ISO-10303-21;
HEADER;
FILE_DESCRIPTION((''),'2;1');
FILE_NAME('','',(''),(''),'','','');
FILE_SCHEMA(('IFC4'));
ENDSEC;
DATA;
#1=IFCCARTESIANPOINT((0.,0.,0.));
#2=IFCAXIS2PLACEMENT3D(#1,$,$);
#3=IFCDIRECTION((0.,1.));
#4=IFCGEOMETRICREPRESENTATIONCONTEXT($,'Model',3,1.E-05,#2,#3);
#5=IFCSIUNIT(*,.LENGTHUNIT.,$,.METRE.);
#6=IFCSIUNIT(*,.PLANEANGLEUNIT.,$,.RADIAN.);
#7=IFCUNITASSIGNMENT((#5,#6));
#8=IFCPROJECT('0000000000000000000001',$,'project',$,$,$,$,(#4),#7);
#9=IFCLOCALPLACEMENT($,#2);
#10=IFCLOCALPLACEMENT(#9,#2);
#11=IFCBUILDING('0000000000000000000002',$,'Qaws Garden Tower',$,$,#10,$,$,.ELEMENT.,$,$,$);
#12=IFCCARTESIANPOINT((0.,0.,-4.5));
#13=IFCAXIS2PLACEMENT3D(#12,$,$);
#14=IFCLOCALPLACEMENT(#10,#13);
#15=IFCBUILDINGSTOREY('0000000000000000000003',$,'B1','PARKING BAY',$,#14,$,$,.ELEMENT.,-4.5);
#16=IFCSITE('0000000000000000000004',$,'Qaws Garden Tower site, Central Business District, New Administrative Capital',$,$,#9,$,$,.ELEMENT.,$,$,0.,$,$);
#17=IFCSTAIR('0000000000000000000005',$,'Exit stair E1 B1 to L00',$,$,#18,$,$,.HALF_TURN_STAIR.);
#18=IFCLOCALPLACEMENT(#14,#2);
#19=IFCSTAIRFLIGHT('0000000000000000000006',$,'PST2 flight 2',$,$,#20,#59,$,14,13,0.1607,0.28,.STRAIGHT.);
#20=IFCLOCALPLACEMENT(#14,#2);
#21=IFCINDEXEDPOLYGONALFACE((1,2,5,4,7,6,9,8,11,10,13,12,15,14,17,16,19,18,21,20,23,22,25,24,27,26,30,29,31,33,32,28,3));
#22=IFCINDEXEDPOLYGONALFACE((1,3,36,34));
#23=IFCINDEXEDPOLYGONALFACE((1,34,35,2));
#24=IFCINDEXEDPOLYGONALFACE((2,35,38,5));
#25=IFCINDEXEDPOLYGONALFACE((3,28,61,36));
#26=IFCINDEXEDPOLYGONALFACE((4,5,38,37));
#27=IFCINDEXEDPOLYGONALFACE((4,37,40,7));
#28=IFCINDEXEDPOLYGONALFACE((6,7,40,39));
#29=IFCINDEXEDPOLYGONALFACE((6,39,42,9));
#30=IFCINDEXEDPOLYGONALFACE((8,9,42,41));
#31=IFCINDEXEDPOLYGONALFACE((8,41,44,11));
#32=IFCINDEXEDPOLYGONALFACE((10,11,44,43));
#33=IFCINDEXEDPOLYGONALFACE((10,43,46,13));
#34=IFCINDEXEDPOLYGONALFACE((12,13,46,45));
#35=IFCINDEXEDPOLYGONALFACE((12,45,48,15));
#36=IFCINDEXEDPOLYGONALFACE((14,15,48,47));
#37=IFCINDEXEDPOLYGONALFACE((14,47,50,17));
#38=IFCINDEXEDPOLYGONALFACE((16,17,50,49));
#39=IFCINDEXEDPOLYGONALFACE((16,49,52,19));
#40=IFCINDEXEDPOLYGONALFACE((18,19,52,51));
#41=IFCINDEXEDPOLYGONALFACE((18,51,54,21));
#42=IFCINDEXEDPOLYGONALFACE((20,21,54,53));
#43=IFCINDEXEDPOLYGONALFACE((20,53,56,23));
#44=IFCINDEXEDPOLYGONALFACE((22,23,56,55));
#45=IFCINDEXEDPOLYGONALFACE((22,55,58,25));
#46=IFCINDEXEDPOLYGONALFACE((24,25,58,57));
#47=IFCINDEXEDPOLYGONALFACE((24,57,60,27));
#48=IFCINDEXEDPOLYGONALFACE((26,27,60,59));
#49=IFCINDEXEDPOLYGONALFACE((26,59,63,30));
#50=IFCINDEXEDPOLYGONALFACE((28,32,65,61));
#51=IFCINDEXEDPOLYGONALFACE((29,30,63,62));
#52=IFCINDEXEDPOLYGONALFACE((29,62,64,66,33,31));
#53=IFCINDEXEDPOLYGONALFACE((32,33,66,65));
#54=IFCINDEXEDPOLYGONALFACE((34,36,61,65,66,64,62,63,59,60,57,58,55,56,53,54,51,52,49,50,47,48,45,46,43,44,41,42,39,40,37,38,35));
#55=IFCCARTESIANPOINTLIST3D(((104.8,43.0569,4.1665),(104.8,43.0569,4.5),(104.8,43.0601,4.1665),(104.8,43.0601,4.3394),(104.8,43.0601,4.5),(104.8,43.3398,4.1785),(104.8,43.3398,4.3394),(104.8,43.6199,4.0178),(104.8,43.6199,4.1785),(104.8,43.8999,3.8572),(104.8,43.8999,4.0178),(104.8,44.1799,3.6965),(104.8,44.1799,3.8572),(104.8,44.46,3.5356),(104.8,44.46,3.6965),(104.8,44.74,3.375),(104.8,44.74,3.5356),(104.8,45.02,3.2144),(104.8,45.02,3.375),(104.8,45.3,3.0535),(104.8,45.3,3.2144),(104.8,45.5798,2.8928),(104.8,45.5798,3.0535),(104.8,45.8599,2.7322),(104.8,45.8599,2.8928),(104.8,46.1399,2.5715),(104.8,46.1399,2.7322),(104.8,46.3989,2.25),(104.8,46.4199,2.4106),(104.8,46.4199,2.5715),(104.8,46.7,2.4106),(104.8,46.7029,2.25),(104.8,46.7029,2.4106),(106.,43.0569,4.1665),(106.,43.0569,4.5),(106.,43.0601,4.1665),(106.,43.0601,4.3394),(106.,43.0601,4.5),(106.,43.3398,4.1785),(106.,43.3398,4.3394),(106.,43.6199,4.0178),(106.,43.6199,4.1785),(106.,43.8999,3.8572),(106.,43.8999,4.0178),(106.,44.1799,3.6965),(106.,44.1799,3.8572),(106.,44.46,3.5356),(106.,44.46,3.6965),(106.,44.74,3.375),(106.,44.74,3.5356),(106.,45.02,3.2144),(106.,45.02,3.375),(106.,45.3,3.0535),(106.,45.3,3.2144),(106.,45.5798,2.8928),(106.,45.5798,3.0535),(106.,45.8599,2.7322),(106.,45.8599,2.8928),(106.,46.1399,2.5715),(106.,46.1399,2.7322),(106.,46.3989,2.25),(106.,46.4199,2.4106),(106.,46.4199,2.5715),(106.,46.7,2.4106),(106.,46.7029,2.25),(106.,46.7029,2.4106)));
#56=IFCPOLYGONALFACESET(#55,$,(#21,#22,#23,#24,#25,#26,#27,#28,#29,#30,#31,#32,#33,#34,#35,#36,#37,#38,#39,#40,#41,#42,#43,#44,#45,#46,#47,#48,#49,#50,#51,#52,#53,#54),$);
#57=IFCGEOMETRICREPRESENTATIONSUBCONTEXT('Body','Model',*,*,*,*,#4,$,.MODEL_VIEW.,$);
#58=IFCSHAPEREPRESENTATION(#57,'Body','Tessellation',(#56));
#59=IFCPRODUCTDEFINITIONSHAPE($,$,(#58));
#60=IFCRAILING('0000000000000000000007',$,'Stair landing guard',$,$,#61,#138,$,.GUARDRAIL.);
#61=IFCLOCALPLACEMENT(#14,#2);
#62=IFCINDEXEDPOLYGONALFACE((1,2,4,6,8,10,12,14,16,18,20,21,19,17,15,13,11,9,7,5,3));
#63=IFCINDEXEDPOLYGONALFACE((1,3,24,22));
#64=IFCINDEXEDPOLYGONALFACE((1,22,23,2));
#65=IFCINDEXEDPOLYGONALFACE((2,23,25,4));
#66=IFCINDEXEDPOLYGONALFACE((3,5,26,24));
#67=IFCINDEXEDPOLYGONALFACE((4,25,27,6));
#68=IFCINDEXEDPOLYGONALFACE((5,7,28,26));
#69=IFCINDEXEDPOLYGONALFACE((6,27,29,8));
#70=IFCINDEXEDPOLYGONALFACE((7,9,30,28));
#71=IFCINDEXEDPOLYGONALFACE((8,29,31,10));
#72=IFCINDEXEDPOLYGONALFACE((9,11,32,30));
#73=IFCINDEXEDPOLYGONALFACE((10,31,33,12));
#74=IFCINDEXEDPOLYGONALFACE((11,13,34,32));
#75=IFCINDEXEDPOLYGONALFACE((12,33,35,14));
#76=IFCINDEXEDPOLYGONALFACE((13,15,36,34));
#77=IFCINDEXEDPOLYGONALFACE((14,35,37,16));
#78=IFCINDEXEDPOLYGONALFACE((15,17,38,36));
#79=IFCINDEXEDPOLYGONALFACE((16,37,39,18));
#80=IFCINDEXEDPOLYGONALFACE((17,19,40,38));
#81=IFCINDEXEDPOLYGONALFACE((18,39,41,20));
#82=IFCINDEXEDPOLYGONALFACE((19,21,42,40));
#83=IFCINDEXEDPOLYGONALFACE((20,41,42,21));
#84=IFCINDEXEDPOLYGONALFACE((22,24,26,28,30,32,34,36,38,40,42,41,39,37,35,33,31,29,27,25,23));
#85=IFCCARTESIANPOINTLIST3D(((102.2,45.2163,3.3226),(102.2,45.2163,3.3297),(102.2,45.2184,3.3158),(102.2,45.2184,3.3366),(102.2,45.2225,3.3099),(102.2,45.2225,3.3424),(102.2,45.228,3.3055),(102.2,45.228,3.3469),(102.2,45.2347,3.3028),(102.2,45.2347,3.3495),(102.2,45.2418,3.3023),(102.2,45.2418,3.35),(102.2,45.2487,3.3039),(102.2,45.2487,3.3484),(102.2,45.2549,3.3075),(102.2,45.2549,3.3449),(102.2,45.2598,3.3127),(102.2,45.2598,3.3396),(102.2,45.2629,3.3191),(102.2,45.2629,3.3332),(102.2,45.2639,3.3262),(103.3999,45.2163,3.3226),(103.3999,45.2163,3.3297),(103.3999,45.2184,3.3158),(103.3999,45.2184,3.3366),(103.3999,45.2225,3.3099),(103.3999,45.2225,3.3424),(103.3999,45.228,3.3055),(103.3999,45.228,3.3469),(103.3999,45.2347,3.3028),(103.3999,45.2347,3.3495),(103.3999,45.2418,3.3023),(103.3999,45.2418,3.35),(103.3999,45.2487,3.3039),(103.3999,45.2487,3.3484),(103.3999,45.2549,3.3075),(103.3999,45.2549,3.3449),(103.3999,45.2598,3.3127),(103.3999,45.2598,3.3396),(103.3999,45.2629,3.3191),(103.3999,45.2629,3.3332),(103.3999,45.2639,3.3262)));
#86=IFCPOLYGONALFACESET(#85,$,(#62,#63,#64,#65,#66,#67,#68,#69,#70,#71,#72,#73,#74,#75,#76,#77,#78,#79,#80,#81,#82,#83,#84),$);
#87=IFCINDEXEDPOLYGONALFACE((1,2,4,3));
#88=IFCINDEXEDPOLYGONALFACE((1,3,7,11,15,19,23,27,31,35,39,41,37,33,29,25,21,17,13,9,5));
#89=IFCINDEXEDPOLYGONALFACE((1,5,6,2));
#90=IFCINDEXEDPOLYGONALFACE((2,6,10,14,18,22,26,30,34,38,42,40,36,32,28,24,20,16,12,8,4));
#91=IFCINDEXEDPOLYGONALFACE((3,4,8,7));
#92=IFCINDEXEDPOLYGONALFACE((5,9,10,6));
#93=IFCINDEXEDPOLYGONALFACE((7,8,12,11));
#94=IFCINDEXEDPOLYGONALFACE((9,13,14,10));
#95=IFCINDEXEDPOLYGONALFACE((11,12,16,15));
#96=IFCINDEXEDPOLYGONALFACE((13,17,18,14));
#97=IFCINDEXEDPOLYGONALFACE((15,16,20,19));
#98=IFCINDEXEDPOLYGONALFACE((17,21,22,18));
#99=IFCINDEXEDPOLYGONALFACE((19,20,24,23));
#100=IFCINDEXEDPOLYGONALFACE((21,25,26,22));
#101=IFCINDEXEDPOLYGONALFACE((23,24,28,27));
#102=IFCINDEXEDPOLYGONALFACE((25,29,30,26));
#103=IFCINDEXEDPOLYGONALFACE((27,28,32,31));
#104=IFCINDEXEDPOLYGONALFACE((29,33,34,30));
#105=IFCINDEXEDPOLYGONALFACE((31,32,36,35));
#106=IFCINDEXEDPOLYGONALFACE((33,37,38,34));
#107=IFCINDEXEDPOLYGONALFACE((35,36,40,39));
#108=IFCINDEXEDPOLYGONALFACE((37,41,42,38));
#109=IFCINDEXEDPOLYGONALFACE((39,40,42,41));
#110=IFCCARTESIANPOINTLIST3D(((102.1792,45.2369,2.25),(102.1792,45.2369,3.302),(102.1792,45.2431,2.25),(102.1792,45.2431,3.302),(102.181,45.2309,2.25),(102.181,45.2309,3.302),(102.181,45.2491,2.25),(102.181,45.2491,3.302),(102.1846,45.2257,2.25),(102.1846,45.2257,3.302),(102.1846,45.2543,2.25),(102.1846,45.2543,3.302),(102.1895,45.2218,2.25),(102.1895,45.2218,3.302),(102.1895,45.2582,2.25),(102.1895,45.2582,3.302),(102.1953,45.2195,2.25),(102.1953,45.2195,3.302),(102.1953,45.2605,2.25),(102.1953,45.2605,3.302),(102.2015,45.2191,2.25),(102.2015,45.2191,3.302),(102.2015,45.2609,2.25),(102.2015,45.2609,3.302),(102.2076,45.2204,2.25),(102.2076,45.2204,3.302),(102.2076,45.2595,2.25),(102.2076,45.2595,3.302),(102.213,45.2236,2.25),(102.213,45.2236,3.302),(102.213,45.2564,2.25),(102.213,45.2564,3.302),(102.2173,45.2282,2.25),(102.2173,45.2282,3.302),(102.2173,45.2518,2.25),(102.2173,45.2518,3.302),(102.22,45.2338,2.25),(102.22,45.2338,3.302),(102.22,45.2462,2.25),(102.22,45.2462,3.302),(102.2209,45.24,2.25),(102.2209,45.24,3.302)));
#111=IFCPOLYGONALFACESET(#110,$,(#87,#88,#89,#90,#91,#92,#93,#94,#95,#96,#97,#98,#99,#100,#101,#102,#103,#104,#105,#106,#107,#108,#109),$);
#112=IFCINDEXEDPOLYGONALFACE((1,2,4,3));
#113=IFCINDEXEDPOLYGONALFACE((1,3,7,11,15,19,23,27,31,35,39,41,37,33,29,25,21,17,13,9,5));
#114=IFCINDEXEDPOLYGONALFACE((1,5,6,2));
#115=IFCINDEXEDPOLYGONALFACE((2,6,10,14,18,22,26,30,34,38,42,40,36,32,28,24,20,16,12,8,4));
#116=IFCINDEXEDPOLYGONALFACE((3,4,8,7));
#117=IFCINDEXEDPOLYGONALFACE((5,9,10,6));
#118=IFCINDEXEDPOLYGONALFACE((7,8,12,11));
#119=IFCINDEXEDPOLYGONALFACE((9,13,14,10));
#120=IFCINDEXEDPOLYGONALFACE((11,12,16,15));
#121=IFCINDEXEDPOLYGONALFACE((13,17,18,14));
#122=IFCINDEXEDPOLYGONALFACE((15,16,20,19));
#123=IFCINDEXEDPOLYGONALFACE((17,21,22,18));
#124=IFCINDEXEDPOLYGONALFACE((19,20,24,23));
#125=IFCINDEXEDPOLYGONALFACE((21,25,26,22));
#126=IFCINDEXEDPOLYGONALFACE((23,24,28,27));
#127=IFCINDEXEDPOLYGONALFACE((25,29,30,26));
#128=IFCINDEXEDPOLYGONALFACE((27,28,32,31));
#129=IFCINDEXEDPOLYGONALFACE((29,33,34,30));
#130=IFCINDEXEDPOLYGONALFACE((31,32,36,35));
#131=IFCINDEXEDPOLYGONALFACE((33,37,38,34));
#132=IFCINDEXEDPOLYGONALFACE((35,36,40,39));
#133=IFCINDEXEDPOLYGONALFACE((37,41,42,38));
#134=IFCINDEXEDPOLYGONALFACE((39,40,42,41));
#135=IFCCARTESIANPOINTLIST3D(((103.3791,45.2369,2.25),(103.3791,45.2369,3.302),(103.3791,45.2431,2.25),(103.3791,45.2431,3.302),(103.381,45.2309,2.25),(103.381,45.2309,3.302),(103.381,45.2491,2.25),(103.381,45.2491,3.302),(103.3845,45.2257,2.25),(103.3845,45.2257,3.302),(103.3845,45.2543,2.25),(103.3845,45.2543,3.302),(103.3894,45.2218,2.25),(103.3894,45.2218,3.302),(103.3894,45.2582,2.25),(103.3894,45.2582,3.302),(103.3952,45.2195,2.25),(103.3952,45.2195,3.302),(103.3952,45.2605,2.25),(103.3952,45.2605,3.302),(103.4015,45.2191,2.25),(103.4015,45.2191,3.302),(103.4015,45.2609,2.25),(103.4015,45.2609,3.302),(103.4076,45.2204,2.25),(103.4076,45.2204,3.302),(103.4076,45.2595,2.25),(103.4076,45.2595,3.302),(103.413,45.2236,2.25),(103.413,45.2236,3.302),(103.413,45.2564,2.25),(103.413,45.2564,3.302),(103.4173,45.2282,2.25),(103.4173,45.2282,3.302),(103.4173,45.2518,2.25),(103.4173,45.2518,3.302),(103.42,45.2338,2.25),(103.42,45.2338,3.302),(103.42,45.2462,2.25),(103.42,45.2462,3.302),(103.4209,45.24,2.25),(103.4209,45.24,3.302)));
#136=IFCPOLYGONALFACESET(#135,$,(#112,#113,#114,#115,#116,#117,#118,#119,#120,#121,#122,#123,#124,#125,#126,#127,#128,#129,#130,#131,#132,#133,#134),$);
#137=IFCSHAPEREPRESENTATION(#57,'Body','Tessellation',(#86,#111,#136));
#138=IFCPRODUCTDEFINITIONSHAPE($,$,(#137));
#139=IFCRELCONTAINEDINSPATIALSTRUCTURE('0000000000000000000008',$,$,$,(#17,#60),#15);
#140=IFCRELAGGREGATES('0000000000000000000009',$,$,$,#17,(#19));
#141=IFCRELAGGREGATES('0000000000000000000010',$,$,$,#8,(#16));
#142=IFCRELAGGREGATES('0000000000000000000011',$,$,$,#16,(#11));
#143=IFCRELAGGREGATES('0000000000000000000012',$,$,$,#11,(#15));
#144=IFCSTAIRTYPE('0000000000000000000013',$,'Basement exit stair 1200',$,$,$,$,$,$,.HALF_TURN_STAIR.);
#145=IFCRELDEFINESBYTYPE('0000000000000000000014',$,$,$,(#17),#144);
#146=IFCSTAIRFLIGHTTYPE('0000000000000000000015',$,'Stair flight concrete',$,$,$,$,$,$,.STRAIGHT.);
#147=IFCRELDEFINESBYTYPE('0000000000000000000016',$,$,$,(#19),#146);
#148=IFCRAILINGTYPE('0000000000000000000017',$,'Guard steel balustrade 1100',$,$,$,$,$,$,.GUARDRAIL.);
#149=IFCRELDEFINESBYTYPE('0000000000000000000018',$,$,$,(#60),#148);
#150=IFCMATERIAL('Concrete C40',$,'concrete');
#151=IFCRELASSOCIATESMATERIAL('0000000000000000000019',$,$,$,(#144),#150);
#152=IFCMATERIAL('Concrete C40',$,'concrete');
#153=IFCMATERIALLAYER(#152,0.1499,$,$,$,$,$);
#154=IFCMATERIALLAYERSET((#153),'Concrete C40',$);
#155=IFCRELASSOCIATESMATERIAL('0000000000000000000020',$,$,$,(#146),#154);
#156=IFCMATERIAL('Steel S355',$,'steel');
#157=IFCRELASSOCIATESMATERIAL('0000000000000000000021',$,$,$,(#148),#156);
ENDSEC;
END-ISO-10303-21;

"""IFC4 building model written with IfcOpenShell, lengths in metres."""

from ifc_helpers import new_model, si_unit, direction, frame, origin, origin_2d, place, context, subcontext, project, spatial, polyline, circle, outline, extrude, material, layer, layer_set, type_object, element, aggregate, save


model = new_model("IFC4")

# Units and contexts
model_context = context("Model", 3, precision=1e-05, world=origin(), true_north=direction((0.0, 1.0)))
body_context = subcontext(model_context, "Body", "Model", "MODEL_VIEW")
ifc_project = project(units=[si_unit("LENGTHUNIT", "METRE"), si_unit("PLANEANGLEUNIT", "RADIAN")], contexts=[model_context])

# Site, building, storey
site_placement = place(None, origin())
site = spatial("IfcSite", under=ifc_project, at=site_placement, Name="Qaws Garden Tower site, Central Business District, New Administrative Capital", CompositionType="ELEMENT", RefElevation=0.0)
building_placement = place(site_placement, origin())
building = spatial("IfcBuilding", under=site, at=building_placement, Name="Qaws Garden Tower", CompositionType="ELEMENT")
storey_placement = place(building_placement, frame((0.0, 0.0, -4.5)))
storey = spatial("IfcBuildingStorey", under=building, at=storey_placement, Name="B1", Description="PARKING BAY", CompositionType="ELEMENT", Elevation=-4.5)

# Stair, stair flight
ifc_material_1 = material(Name="Concrete C40", Category="concrete")
stair_type = type_object("IfcStairType", Name="Basement exit stair 1200", PredefinedType="HALF_TURN_STAIR", material=ifc_material_1)
stair_placement = place(storey_placement, origin())
stair = element("IfcStair", 1, at=stair_placement, inside=storey, type_object=stair_type, Name="Exit stair E1 B1 to L00", PredefinedType="HALF_TURN_STAIR")
ifc_material_2 = material(Name="Concrete C40", Category="concrete")
ifc_layer_1 = layer(ifc_material_2, 0.1499)
ifc_layer_set_1 = layer_set([ifc_layer_1], Name="Concrete C40")
stair_flight_type = type_object("IfcStairFlightType", Name="Stair flight concrete", PredefinedType="STRAIGHT", material=ifc_layer_set_1)
stair_flight_1_placement = place(storey_placement, frame((105.3999, 46.7, 2.25), z_axis=(0.0, 0.0, 1.0), x_axis=(0.0, -1.0, 0.0)))
stair_flight_1 = element("IfcStairFlight", 2, at=stair_flight_1_placement, type_object=stair_flight_type, Name="PST2 flight 2", NumberOfRisers=14, NumberOfTreads=13, PredefinedType="STRAIGHT", RiserHeight=0.1607, TreadLength=0.28, context=body_context, shape_type="SweptSolid", body=[
    extrude(outline(polyline([(-0.0029, 0.0), (-0.0029, 0.1606), (0.0, 0.1606), (0.28, 0.1606), (0.28, 0.3215), (0.5601, 0.3215), (0.5601, 0.4822), (0.8401, 0.4822), (0.8401, 0.6428), (1.1201, 0.6428), (1.1201, 0.8035), (1.3999, 0.8035), (1.3999, 0.9644), (1.6799, 0.9644), (1.6799, 1.125), (1.96, 1.125), (1.96, 1.2856), (2.24, 1.2856), (2.24, 1.4465), (2.52, 1.4465), (2.52, 1.6072), (2.8, 1.6072), (2.8, 1.7678), (3.0801, 1.7678), (3.0801, 1.9285), (3.3601, 1.9285), (3.3601, 2.0894), (3.6399, 2.0894), (3.6399, 2.25), (3.6431, 2.25), (3.6431, 1.9165), (3.6399, 1.9165), (0.301, 0.0), (-0.0029, 0.0)])), frame((0.0, 0.6001, 0.0), z_axis=(0.0, -1.0, 0.0), x_axis=(1.0, 0.0, 0.0)), (0.0, 0.0, 1.0), 1.2),
])
aggregate(stair, [stair_flight_1])

# Railing
ifc_material_3 = material(Name="Steel S355", Category="steel")
railing_type_1 = type_object("IfcRailingType", Name="Guard steel balustrade 1100", PredefinedType="GUARDRAIL", material=ifc_material_3)
railing_1_placement = place(storey_placement, frame((102.2, 45.24, 2.25)))
element("IfcRailing", 3, at=railing_1_placement, inside=storey, type_object=railing_type_1, Name="Stair landing guard", PredefinedType="GUARDRAIL", context=body_context, shape_type="SweptSolid", body=[
    extrude(circle(Radius=0.0239, at=origin_2d()), frame((0.0, 0.0, 1.0762), z_axis=(1.0, 0.0, 0.0), x_axis=(0.0, 1.0, 0.0)), (0.0, 0.0, 1.0), 1.2),
    extrude(circle(Radius=0.021, at=origin_2d()), origin(), (0.0, 0.0, 1.0), 1.052),
    extrude(circle(Radius=0.021, at=origin_2d()), frame((1.2, 0.0, 0.0)), (0.0, 0.0, 1.0), 1.052),
])

save(model, "model.ifc")
